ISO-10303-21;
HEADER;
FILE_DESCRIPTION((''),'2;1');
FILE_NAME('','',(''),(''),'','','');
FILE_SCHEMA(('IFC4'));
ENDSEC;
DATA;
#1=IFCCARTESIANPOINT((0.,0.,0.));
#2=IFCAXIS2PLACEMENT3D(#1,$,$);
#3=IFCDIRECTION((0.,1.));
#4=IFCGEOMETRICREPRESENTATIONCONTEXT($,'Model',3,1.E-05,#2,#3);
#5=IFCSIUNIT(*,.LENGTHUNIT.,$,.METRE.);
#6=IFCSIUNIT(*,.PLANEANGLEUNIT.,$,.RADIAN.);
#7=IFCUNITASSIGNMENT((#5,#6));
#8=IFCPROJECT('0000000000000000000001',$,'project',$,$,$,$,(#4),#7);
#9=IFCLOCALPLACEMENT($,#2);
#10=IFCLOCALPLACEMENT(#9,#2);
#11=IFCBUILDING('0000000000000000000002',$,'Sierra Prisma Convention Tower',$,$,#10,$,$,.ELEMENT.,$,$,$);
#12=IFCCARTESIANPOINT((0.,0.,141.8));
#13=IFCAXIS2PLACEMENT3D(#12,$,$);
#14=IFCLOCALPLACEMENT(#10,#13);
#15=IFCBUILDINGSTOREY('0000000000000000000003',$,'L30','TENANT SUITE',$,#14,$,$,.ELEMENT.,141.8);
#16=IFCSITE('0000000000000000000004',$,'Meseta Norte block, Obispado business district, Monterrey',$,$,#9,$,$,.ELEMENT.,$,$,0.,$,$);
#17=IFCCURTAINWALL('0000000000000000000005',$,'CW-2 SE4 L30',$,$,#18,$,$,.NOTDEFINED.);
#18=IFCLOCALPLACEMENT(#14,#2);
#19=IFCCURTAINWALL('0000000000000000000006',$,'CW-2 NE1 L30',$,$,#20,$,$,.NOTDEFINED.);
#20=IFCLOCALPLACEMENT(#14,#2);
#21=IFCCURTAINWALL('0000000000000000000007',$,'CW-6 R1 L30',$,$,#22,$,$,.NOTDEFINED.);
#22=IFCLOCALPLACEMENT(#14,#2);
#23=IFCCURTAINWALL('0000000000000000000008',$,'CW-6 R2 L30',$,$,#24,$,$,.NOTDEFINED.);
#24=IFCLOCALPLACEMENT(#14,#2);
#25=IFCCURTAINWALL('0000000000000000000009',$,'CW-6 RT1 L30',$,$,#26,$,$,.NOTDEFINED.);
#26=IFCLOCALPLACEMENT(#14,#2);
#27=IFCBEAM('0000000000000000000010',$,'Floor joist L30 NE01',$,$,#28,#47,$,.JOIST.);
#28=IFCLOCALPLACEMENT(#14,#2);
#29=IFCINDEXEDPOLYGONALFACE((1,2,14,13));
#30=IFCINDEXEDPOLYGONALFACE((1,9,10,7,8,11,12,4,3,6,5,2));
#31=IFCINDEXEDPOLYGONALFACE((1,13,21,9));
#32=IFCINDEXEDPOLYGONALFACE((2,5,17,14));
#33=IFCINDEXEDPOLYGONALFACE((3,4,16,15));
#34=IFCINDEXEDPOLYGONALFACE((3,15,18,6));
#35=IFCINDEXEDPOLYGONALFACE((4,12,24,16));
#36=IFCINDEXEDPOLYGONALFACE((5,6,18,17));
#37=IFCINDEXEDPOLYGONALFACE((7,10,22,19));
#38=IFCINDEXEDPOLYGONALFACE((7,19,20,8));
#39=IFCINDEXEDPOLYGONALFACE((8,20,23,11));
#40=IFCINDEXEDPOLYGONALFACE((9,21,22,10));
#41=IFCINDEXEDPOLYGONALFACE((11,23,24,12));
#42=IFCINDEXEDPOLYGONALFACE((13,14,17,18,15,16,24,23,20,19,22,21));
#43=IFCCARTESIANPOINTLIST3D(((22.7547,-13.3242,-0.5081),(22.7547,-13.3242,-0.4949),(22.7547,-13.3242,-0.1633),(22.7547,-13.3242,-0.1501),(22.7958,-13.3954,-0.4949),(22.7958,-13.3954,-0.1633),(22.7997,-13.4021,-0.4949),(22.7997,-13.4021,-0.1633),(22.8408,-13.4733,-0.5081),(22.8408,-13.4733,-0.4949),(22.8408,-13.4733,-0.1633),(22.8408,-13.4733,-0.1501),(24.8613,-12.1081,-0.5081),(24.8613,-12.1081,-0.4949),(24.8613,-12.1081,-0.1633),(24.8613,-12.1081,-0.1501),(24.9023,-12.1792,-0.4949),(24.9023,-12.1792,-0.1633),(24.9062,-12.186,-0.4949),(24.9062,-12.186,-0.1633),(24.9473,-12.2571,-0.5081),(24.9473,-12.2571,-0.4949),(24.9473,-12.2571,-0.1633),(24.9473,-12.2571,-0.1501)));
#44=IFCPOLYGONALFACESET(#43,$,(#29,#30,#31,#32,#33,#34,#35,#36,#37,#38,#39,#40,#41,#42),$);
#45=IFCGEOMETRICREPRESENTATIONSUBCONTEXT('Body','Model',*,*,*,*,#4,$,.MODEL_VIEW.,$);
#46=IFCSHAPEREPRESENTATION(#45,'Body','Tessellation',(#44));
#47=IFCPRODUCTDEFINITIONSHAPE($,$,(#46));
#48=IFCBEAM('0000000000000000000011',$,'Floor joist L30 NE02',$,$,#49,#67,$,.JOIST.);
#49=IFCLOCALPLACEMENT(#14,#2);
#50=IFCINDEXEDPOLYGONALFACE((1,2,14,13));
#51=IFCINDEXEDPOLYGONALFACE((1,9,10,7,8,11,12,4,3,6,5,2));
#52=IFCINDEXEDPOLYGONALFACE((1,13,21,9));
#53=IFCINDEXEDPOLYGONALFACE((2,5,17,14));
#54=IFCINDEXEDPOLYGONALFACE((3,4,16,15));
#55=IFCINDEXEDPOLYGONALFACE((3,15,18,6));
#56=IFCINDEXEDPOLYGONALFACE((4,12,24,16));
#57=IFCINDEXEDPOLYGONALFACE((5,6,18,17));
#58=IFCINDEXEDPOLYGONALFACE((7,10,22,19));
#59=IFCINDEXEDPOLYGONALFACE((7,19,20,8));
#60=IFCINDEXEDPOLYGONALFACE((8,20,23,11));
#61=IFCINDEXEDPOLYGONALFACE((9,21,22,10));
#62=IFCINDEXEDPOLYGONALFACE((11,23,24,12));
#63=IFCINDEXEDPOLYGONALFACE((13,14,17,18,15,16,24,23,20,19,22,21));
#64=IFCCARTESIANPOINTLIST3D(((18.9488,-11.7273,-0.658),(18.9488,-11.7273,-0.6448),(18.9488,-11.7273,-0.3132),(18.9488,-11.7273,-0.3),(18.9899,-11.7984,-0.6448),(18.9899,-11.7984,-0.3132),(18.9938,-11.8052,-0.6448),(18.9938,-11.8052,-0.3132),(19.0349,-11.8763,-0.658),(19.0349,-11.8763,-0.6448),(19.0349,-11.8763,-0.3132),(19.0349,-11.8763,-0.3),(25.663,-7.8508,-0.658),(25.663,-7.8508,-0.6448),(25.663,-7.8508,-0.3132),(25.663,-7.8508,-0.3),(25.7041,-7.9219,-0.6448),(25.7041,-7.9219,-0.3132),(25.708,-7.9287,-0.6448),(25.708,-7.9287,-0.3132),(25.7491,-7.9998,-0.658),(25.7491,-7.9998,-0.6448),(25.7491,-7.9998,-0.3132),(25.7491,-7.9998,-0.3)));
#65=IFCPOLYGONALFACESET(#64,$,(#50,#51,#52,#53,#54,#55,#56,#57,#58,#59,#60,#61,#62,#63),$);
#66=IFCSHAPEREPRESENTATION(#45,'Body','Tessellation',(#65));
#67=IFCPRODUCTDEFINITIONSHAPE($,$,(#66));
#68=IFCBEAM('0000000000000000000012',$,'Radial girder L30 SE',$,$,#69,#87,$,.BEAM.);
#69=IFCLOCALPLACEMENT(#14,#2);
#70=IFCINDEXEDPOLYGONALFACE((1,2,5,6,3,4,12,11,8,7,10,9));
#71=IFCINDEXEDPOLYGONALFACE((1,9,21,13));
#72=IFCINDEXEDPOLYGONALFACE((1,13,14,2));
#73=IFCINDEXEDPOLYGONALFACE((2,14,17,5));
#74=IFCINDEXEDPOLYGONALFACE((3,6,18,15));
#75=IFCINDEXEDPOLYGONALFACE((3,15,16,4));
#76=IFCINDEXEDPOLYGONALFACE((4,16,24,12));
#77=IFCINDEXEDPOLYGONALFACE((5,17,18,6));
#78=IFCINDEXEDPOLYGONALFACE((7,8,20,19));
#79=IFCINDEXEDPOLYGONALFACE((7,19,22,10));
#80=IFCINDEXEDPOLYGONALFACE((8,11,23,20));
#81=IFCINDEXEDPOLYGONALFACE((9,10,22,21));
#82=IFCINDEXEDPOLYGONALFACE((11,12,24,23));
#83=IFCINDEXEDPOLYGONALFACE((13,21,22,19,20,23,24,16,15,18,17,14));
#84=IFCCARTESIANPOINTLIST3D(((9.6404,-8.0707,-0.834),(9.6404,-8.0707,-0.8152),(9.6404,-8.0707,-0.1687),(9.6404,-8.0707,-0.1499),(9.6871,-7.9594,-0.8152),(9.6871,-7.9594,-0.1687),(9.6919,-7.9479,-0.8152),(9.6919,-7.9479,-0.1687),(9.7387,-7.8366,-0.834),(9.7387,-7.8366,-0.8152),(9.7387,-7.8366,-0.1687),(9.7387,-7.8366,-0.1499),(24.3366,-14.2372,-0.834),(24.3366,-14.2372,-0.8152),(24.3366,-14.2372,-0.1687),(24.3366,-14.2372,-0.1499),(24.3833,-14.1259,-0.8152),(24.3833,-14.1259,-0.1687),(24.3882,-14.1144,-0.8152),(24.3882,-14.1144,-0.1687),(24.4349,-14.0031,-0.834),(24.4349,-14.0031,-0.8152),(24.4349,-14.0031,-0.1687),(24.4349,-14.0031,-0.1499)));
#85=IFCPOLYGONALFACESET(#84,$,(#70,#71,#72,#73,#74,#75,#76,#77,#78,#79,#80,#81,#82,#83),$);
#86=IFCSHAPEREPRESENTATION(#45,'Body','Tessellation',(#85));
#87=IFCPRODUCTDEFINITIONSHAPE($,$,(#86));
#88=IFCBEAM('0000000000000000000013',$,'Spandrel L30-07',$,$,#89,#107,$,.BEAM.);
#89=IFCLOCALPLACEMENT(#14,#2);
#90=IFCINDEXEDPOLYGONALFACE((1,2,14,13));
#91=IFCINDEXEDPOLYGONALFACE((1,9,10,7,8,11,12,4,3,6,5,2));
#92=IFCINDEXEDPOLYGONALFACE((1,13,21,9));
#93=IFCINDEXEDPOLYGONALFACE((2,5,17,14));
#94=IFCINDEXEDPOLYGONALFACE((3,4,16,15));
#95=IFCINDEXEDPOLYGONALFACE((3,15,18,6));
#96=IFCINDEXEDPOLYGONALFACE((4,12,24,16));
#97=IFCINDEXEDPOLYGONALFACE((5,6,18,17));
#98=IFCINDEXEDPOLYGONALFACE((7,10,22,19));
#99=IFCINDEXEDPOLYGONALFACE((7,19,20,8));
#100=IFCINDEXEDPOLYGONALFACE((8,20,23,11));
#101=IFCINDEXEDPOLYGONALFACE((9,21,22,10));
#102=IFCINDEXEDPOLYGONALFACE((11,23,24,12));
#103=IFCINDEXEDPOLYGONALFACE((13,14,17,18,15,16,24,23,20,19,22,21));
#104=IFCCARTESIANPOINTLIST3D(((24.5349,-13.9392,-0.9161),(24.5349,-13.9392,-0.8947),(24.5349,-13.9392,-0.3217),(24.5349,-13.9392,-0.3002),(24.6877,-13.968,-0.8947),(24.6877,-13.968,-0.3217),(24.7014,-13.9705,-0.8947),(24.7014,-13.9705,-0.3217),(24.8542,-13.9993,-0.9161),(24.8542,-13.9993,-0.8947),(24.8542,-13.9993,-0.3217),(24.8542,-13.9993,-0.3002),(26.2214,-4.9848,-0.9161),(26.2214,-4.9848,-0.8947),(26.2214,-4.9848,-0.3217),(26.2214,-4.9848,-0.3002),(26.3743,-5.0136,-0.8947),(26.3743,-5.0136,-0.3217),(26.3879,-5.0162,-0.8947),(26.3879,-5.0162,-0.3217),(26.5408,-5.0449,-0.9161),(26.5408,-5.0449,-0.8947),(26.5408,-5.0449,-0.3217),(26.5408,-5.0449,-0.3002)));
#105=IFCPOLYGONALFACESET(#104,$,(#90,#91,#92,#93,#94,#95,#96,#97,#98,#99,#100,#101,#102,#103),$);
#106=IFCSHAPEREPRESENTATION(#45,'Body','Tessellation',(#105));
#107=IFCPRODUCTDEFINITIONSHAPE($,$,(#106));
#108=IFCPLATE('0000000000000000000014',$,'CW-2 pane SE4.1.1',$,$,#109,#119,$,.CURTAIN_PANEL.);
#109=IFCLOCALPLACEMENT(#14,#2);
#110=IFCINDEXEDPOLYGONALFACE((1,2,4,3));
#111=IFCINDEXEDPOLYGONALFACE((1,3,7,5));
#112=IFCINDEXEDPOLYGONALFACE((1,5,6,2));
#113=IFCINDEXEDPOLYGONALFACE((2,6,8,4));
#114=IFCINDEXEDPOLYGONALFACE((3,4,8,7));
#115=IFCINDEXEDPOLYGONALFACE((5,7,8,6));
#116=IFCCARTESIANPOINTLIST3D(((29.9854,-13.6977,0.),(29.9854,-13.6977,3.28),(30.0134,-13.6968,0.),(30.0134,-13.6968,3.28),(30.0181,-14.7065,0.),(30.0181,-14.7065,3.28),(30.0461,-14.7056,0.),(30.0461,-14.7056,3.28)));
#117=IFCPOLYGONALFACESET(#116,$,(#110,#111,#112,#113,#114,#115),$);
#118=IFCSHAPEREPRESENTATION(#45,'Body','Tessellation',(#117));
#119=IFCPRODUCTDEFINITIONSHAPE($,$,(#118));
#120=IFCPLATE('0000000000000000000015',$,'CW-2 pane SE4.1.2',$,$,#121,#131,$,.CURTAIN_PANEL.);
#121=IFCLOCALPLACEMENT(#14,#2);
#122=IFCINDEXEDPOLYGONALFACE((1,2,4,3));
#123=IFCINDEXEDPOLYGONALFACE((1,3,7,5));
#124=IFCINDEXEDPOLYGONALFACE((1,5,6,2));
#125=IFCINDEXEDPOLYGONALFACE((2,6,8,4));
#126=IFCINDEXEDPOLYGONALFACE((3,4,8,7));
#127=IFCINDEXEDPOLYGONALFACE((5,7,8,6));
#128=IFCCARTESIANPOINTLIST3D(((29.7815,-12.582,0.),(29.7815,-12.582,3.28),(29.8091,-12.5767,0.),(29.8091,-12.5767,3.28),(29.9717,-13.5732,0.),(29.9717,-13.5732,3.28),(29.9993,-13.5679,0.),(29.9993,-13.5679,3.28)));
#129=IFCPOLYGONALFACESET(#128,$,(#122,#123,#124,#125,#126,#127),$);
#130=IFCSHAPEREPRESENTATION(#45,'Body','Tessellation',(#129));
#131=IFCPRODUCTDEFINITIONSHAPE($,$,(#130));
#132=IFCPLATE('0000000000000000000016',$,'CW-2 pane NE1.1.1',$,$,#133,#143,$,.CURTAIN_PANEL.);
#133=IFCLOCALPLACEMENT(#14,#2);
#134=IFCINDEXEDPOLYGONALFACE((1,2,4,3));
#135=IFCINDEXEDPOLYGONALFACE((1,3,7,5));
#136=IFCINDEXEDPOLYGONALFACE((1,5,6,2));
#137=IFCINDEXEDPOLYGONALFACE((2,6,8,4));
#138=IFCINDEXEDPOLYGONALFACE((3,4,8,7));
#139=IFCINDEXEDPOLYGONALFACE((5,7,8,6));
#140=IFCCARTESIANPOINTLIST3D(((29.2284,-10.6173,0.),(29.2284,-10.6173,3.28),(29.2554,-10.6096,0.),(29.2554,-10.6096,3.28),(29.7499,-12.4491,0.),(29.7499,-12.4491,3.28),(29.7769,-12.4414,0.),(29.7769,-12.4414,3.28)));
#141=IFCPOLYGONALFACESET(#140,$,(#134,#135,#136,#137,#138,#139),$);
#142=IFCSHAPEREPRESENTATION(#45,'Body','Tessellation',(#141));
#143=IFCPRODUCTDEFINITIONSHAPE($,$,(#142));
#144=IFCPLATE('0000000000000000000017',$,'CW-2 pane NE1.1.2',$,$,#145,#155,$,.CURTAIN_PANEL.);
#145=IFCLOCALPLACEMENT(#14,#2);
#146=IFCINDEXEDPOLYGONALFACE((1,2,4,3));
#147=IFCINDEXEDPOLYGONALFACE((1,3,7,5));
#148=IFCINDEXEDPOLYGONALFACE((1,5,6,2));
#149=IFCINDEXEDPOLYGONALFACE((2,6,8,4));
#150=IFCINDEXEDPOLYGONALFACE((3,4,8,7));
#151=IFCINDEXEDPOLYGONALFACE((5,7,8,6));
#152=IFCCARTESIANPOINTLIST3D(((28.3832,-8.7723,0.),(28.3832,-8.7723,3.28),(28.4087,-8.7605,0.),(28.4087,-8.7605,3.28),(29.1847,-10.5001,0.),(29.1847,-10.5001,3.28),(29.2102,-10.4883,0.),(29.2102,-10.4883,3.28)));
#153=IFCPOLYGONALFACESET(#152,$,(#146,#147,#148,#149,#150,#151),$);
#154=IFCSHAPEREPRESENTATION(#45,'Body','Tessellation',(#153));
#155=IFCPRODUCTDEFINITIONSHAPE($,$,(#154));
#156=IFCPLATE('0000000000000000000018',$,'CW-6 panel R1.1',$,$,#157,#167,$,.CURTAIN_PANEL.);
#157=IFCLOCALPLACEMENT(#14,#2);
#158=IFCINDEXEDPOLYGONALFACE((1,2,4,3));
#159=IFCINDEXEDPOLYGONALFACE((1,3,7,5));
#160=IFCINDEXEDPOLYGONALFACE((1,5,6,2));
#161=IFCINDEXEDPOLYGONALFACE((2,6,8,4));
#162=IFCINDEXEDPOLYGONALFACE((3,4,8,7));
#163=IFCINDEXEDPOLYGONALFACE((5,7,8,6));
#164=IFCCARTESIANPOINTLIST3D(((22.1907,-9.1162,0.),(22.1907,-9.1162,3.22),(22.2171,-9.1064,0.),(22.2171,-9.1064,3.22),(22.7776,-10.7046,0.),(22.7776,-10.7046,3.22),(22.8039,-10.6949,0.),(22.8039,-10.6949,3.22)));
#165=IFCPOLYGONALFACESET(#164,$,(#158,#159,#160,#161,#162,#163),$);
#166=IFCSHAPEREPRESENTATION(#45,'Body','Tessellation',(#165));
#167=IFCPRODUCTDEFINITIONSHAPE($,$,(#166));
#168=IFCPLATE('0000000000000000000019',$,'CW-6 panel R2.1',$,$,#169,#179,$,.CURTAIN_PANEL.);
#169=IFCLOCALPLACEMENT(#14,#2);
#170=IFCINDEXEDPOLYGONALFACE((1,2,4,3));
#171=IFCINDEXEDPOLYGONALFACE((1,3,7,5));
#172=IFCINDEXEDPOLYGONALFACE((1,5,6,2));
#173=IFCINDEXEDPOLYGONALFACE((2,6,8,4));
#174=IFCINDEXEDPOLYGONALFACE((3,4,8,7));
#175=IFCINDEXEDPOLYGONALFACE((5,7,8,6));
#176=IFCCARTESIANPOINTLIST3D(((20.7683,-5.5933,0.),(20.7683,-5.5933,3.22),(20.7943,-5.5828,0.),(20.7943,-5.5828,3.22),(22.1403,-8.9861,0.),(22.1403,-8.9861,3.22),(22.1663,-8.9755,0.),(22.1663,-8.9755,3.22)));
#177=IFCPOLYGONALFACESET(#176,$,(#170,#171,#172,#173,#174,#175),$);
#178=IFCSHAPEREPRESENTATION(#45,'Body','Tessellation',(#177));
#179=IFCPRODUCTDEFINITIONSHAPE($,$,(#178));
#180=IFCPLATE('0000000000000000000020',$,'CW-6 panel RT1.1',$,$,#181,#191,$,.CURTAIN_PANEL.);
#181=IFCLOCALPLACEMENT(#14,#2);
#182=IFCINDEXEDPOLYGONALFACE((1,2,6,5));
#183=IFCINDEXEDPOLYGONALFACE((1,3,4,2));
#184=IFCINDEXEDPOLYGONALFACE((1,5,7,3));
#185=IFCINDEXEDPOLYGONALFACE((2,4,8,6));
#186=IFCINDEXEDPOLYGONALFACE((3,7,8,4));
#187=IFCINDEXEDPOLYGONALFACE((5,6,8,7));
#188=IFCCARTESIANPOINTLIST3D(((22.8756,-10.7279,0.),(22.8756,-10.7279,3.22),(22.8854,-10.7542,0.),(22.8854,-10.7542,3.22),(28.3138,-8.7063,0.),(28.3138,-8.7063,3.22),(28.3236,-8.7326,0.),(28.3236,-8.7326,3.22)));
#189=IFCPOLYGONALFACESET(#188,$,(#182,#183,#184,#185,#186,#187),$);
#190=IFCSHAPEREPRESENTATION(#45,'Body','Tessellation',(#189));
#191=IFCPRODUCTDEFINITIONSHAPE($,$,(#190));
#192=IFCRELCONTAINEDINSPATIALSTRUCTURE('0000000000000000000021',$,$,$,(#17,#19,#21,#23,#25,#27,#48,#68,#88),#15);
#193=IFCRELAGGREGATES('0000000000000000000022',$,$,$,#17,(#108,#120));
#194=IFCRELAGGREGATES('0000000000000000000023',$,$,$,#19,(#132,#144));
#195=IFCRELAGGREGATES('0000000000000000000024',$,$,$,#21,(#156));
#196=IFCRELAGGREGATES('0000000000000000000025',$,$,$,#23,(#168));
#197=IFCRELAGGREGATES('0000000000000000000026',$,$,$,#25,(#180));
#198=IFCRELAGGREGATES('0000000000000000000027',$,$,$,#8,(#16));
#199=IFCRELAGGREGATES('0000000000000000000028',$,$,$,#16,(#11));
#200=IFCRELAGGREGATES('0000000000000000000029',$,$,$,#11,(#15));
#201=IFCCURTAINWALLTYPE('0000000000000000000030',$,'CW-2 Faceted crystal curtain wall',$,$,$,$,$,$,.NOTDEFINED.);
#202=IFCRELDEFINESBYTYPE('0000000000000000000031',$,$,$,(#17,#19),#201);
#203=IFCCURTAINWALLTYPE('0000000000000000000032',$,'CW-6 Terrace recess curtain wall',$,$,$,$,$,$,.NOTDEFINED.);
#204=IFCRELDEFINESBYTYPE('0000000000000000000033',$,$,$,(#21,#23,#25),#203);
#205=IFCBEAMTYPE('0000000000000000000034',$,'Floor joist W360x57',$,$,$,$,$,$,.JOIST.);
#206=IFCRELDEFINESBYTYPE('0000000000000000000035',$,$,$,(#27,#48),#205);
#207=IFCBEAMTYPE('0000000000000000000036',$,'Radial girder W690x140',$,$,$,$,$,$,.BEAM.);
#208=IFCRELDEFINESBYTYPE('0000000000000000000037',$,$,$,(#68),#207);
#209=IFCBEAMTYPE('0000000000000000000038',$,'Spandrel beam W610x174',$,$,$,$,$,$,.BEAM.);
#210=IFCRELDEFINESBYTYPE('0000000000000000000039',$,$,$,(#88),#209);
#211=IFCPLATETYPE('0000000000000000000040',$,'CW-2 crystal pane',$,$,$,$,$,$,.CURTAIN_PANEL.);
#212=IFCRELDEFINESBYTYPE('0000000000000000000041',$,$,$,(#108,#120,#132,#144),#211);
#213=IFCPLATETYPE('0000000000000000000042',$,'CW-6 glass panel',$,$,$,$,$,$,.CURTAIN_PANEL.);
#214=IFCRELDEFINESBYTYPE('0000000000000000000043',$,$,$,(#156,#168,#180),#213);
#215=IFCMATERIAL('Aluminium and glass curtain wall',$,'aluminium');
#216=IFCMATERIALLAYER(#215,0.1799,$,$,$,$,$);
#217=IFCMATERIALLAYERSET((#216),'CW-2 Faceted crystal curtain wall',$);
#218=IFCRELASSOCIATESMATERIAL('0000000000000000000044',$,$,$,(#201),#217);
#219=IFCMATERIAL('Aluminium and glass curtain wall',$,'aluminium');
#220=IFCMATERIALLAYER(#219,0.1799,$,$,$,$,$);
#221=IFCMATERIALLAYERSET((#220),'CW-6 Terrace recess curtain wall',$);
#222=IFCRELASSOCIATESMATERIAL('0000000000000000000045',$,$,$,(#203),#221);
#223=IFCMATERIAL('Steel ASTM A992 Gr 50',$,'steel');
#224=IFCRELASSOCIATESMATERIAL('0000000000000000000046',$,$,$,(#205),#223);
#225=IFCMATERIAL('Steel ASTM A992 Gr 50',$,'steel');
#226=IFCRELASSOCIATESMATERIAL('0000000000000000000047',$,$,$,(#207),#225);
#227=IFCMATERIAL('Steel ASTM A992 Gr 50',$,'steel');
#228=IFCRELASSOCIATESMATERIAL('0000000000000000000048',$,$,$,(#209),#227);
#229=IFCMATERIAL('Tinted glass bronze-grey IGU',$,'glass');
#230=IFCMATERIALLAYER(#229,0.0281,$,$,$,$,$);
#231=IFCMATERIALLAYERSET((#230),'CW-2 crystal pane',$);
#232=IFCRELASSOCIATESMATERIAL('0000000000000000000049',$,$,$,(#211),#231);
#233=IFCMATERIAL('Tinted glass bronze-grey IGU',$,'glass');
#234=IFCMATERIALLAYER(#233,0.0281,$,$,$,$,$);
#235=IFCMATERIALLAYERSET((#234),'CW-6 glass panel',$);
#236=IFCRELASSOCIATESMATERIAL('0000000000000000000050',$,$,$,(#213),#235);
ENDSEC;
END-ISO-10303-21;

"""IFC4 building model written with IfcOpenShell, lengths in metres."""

from ifc_helpers import new_model, si_unit, direction, frame, origin, origin_2d, place, context, subcontext, project, spatial, polyline, rectangle, i_section, outline, extrude, material, layer, layer_set, material_profile, profile_set, type_object, element, aggregate, save


model = new_model("IFC4")

# Units and contexts
model_context = context("Model", 3, precision=1e-05, world=origin(), true_north=direction((0.0, 1.0)))
body_context = subcontext(model_context, "Body", "Model", "MODEL_VIEW")
ifc_project = project(units=[si_unit("LENGTHUNIT", "METRE"), si_unit("PLANEANGLEUNIT", "RADIAN")], contexts=[model_context])

# Site, building, storey
site_placement = place(None, origin())
site = spatial("IfcSite", under=ifc_project, at=site_placement, Name="Meseta Norte block, Obispado business district, Monterrey", CompositionType="ELEMENT", RefElevation=0.0)
building_placement = place(site_placement, origin())
building = spatial("IfcBuilding", under=site, at=building_placement, Name="Sierra Prisma Convention Tower", CompositionType="ELEMENT")
storey_placement = place(building_placement, frame((0.0, 0.0, 141.8)))
storey = spatial("IfcBuildingStorey", under=building, at=storey_placement, Name="L30", Description="TENANT SUITE", CompositionType="ELEMENT", Elevation=141.8)

# Curtain wall
ifc_material_1 = material(Name="Aluminium and glass curtain wall", Category="aluminium")
ifc_layer_1 = layer(ifc_material_1, 0.1799)
ifc_layer_set_1 = layer_set([ifc_layer_1], Name="CW-2 Faceted crystal curtain wall")
curtain_wall_type_1 = type_object("IfcCurtainWallType", Name="CW-2 Faceted crystal curtain wall", PredefinedType="NOTDEFINED", material=ifc_layer_set_1)
curtain_wall_1_placement = place(storey_placement, origin())
curtain_wall_1 = element("IfcCurtainWall", 1, at=curtain_wall_1_placement, inside=storey, type_object=curtain_wall_type_1, Name="CW-2 SE4 L30", PredefinedType="NOTDEFINED")

# Curtain wall
curtain_wall_2_placement = place(storey_placement, origin())
curtain_wall_2 = element("IfcCurtainWall", 2, at=curtain_wall_2_placement, inside=storey, type_object=curtain_wall_type_1, Name="CW-2 NE1 L30", PredefinedType="NOTDEFINED")

# Curtain walls
ifc_material_2 = material(Name="Aluminium and glass curtain wall", Category="aluminium")
ifc_layer_2 = layer(ifc_material_2, 0.1799)
ifc_layer_set_2 = layer_set([ifc_layer_2], Name="CW-6 Terrace recess curtain wall")
curtain_wall_type_2 = type_object("IfcCurtainWallType", Name="CW-6 Terrace recess curtain wall", PredefinedType="NOTDEFINED", material=ifc_layer_set_2)
curtain_wall_3_placement = place(storey_placement, origin())
curtain_wall_3 = element("IfcCurtainWall", 3, at=curtain_wall_3_placement, inside=storey, type_object=curtain_wall_type_2, Name="CW-6 R1 L30", PredefinedType="NOTDEFINED")
curtain_wall_4_placement = place(storey_placement, origin())
curtain_wall_4 = element("IfcCurtainWall", 4, at=curtain_wall_4_placement, inside=storey, type_object=curtain_wall_type_2, Name="CW-6 R2 L30", PredefinedType="NOTDEFINED")

# Curtain wall
curtain_wall_5_placement = place(storey_placement, origin())
curtain_wall_5 = element("IfcCurtainWall", 5, at=curtain_wall_5_placement, inside=storey, type_object=curtain_wall_type_2, Name="CW-6 RT1 L30", PredefinedType="NOTDEFINED")

# Beams
ifc_material_3 = material(Name="Steel ASTM A992 Gr 50", Category="steel")
ifc_material_profile_1 = material_profile(ifc_material_3, i_section(OverallWidth=0.1721, OverallDepth=0.3579, WebThickness=0.0078, FlangeThickness=0.0132, at=origin_2d()), Name="W360x57")
ifc_profile_set_1 = profile_set([ifc_material_profile_1], Name="Steel ASTM A992 Gr 50")
beam_type_1 = type_object("IfcBeamType", Name="Floor joist W360x57", PredefinedType="JOIST", material=ifc_profile_set_1)
beam_1_placement = place(storey_placement, frame((24.9043, -12.1826, -0.3291), z_axis=(-0.866042, -0.499972, 0.0), x_axis=(0.499972, -0.866042, 0.0)))
element("IfcBeam", 6, at=beam_1_placement, inside=storey, type_object=beam_type_1, Name="Floor joist L30 NE01", PredefinedType="JOIST", context=body_context, shape_type="SweptSolid", body=[
    extrude(i_section(OverallWidth=0.1721, OverallDepth=0.3579, WebThickness=0.0078, FlangeThickness=0.0132, at=origin_2d()), origin(), (0.0, 0.0, 1.0), 2.4324),
])
beam_2_placement = place(storey_placement, frame((25.7061, -7.9253, -0.479), z_axis=(-0.866021, -0.500007, 0.0), x_axis=(0.500007, -0.866021, 0.0)))
element("IfcBeam", 7, at=beam_2_placement, inside=storey, type_object=beam_type_1, Name="Floor joist L30 NE02", PredefinedType="JOIST", context=body_context, shape_type="SweptSolid", body=[
    extrude(i_section(OverallWidth=0.1721, OverallDepth=0.3579, WebThickness=0.0078, FlangeThickness=0.0132, at=origin_2d()), origin(), (0.0, 0.0, 1.0), 7.7529),
])
ifc_material_4 = material(Name="Steel ASTM A992 Gr 50", Category="steel")
ifc_material_profile_2 = material_profile(ifc_material_4, i_section(OverallWidth=0.2539, OverallDepth=0.6841, WebThickness=0.0125, FlangeThickness=0.0188, at=origin_2d()), Name="W690x140")
ifc_profile_set_2 = profile_set([ifc_material_profile_2], Name="Steel ASTM A992 Gr 50")
beam_type_2 = type_object("IfcBeamType", Name="Radial girder W690x140", PredefinedType="BEAM", material=ifc_profile_set_2)
beam_3_placement = place(storey_placement, frame((24.3857, -14.1201, -0.4919), z_axis=(-0.922115, 0.386916, 0.0), x_axis=(-0.386916, -0.922115, 0.0)))
element("IfcBeam", 8, at=beam_3_placement, inside=storey, type_object=beam_type_2, Name="Radial girder L30 SE", PredefinedType="BEAM", context=body_context, shape_type="SweptSolid", body=[
    extrude(i_section(OverallWidth=0.2539, OverallDepth=0.6841, WebThickness=0.0125, FlangeThickness=0.0188, at=origin_2d()), origin(), (0.0, 0.0, 1.0), 15.9375),
])
ifc_material_5 = material(Name="Steel ASTM A992 Gr 50", Category="steel")
ifc_material_profile_3 = material_profile(ifc_material_5, i_section(OverallWidth=0.325, OverallDepth=0.616, WebThickness=0.0139, FlangeThickness=0.0215, at=origin_2d()), Name="W610x174")
ifc_profile_set_3 = profile_set([ifc_material_profile_3], Name="Steel ASTM A992 Gr 50")
beam_type_3 = type_object("IfcBeamType", Name="Spandrel beam W610x174", PredefinedType="BEAM", material=ifc_profile_set_3)
beam_4_placement = place(storey_placement, frame((24.6946, -13.9692, -0.6082), z_axis=(0.185092, 0.982721, 0.0), x_axis=(-0.982721, 0.185092, 0.0)))
element("IfcBeam", 9, at=beam_4_placement, inside=storey, type_object=beam_type_3, Name="Spandrel L30-07", PredefinedType="BEAM", context=body_context, shape_type="SweptSolid", body=[
    extrude(i_section(OverallWidth=0.325, OverallDepth=0.616, WebThickness=0.0139, FlangeThickness=0.0215, at=origin_2d()), origin(), (0.0, 0.0, 1.0), 9.1118),
])

# Plates
ifc_material_6 = material(Name="Tinted glass bronze-grey IGU", Category="glass")
ifc_layer_3 = layer(ifc_material_6, 0.0281)
ifc_layer_set_3 = layer_set([ifc_layer_3], Name="CW-2 crystal pane")
plate_type_1 = type_object("IfcPlateType", Name="CW-2 crystal pane", PredefinedType="CURTAIN_PANEL", material=ifc_layer_set_3)
plate_1_placement = place(storey_placement, frame((30.0461, -14.7056, 0.0), z_axis=(0.999475, 0.032413, 0.0), x_axis=(-0.032413, 0.999475, 0.0)))
plate_1 = element("IfcPlate", 10, at=plate_1_placement, type_object=plate_type_1, Name="CW-2 pane SE4.1.1", PredefinedType="CURTAIN_PANEL", context=body_context, shape_type="SweptSolid", body=[
    extrude(outline(polyline([(0.0, 0.0), (1.0093, 0.0), (1.0093, 3.28), (0.0, 3.28), (0.0, 0.0)])), origin(), (0.0, 0.0, -1.0), 0.0281),
])
plate_2_placement = place(storey_placement, frame((29.8091, -12.5767, 0.0), z_axis=(0.982086, 0.188435, 0.0), x_axis=(0.188435, -0.982086, 0.0)))
plate_2 = element("IfcPlate", 11, at=plate_2_placement, type_object=plate_type_1, Name="CW-2 pane SE4.1.2", PredefinedType="CURTAIN_PANEL", context=body_context, shape_type="SweptSolid", body=[
    extrude(outline(polyline([(0.0, 0.0), (1.0093, 0.0), (1.0093, -3.28), (0.0, -3.28), (0.0, 0.0)])), origin(), (0.0, 0.0, -1.0), 0.0281),
])
aggregate(curtain_wall_1, [plate_1, plate_2])
plate_3_placement = place(storey_placement, frame((29.7769, -12.4414, 0.0), z_axis=(0.961785, 0.273807, 0.0), x_axis=(-0.273807, 0.961785, 0.0)))
plate_3 = element("IfcPlate", 12, at=plate_3_placement, type_object=plate_type_1, Name="CW-2 pane NE1.1.1", PredefinedType="CURTAIN_PANEL", context=body_context, shape_type="SweptSolid", body=[
    extrude(outline(polyline([(0.0, 0.0), (1.9046, 0.0), (1.9046, 3.28), (0.0, 3.28), (0.0, 0.0)])), origin(), (0.0, 0.0, -1.0), 0.0281),
])
plate_4_placement = place(storey_placement, frame((28.4087, -8.7605, 0.0), z_axis=(0.907144, 0.420821, 0.0), x_axis=(0.420821, -0.907144, 0.0)))
plate_4 = element("IfcPlate", 13, at=plate_4_placement, type_object=plate_type_1, Name="CW-2 pane NE1.1.2", PredefinedType="CURTAIN_PANEL", context=body_context, shape_type="SweptSolid", body=[
    extrude(outline(polyline([(0.0, 0.0), (1.9046, 0.0), (1.9046, -3.28), (0.0, -3.28), (0.0, 0.0)])), origin(), (0.0, 0.0, -1.0), 0.0281),
])
aggregate(curtain_wall_2, [plate_3, plate_4])
ifc_material_7 = material(Name="Tinted glass bronze-grey IGU", Category="glass")
ifc_layer_4 = layer(ifc_material_7, 0.0281)
ifc_layer_set_4 = layer_set([ifc_layer_4], Name="CW-6 glass panel")
plate_type_2 = type_object("IfcPlateType", Name="CW-6 glass panel", PredefinedType="CURTAIN_PANEL", material=ifc_layer_set_4)
plate_5_placement = place(storey_placement, frame((22.4973, -9.9055, 0.0), z_axis=(0.0, 0.0, 1.0), x_axis=(-0.346567, 0.938025, 0.0)))
plate_5 = element("IfcPlate", 14, at=plate_5_placement, type_object=plate_type_2, Name="CW-6 panel R1.1", PredefinedType="CURTAIN_PANEL", context=body_context, shape_type="SweptSolid", body=[
    extrude(rectangle(XDim=1.6934, YDim=0.0281, at=origin_2d()), origin(), (0.0, 0.0, 1.0), 3.22),
])
aggregate(curtain_wall_3, [plate_5])
plate_6_placement = place(storey_placement, frame((21.4673, -7.2844, 0.0), z_axis=(0.0, 0.0, 1.0), x_axis=(-0.374906, 0.927063, 0.0)))
plate_6 = element("IfcPlate", 15, at=plate_6_placement, type_object=plate_type_2, Name="CW-6 panel R2.1", PredefinedType="CURTAIN_PANEL", context=body_context, shape_type="SweptSolid", body=[
    extrude(rectangle(XDim=3.6597, YDim=0.0281, at=origin_2d()), origin(), (0.0, 0.0, 1.0), 3.22),
])
aggregate(curtain_wall_4, [plate_6])
plate_7_placement = place(storey_placement, frame((25.5996, -9.7302, 0.0), z_axis=(0.0, 0.0, 1.0), x_axis=(-0.937327, -0.348451, 0.0)))
plate_7 = element("IfcPlate", 16, at=plate_7_placement, type_object=plate_type_2, Name="CW-6 panel RT1.1", PredefinedType="CURTAIN_PANEL", context=body_context, shape_type="SweptSolid", body=[
    extrude(rectangle(XDim=5.8018, YDim=0.0281, at=origin_2d()), origin(), (0.0, 0.0, 1.0), 3.22),
])
aggregate(curtain_wall_5, [plate_7])

save(model, "model.ifc")
